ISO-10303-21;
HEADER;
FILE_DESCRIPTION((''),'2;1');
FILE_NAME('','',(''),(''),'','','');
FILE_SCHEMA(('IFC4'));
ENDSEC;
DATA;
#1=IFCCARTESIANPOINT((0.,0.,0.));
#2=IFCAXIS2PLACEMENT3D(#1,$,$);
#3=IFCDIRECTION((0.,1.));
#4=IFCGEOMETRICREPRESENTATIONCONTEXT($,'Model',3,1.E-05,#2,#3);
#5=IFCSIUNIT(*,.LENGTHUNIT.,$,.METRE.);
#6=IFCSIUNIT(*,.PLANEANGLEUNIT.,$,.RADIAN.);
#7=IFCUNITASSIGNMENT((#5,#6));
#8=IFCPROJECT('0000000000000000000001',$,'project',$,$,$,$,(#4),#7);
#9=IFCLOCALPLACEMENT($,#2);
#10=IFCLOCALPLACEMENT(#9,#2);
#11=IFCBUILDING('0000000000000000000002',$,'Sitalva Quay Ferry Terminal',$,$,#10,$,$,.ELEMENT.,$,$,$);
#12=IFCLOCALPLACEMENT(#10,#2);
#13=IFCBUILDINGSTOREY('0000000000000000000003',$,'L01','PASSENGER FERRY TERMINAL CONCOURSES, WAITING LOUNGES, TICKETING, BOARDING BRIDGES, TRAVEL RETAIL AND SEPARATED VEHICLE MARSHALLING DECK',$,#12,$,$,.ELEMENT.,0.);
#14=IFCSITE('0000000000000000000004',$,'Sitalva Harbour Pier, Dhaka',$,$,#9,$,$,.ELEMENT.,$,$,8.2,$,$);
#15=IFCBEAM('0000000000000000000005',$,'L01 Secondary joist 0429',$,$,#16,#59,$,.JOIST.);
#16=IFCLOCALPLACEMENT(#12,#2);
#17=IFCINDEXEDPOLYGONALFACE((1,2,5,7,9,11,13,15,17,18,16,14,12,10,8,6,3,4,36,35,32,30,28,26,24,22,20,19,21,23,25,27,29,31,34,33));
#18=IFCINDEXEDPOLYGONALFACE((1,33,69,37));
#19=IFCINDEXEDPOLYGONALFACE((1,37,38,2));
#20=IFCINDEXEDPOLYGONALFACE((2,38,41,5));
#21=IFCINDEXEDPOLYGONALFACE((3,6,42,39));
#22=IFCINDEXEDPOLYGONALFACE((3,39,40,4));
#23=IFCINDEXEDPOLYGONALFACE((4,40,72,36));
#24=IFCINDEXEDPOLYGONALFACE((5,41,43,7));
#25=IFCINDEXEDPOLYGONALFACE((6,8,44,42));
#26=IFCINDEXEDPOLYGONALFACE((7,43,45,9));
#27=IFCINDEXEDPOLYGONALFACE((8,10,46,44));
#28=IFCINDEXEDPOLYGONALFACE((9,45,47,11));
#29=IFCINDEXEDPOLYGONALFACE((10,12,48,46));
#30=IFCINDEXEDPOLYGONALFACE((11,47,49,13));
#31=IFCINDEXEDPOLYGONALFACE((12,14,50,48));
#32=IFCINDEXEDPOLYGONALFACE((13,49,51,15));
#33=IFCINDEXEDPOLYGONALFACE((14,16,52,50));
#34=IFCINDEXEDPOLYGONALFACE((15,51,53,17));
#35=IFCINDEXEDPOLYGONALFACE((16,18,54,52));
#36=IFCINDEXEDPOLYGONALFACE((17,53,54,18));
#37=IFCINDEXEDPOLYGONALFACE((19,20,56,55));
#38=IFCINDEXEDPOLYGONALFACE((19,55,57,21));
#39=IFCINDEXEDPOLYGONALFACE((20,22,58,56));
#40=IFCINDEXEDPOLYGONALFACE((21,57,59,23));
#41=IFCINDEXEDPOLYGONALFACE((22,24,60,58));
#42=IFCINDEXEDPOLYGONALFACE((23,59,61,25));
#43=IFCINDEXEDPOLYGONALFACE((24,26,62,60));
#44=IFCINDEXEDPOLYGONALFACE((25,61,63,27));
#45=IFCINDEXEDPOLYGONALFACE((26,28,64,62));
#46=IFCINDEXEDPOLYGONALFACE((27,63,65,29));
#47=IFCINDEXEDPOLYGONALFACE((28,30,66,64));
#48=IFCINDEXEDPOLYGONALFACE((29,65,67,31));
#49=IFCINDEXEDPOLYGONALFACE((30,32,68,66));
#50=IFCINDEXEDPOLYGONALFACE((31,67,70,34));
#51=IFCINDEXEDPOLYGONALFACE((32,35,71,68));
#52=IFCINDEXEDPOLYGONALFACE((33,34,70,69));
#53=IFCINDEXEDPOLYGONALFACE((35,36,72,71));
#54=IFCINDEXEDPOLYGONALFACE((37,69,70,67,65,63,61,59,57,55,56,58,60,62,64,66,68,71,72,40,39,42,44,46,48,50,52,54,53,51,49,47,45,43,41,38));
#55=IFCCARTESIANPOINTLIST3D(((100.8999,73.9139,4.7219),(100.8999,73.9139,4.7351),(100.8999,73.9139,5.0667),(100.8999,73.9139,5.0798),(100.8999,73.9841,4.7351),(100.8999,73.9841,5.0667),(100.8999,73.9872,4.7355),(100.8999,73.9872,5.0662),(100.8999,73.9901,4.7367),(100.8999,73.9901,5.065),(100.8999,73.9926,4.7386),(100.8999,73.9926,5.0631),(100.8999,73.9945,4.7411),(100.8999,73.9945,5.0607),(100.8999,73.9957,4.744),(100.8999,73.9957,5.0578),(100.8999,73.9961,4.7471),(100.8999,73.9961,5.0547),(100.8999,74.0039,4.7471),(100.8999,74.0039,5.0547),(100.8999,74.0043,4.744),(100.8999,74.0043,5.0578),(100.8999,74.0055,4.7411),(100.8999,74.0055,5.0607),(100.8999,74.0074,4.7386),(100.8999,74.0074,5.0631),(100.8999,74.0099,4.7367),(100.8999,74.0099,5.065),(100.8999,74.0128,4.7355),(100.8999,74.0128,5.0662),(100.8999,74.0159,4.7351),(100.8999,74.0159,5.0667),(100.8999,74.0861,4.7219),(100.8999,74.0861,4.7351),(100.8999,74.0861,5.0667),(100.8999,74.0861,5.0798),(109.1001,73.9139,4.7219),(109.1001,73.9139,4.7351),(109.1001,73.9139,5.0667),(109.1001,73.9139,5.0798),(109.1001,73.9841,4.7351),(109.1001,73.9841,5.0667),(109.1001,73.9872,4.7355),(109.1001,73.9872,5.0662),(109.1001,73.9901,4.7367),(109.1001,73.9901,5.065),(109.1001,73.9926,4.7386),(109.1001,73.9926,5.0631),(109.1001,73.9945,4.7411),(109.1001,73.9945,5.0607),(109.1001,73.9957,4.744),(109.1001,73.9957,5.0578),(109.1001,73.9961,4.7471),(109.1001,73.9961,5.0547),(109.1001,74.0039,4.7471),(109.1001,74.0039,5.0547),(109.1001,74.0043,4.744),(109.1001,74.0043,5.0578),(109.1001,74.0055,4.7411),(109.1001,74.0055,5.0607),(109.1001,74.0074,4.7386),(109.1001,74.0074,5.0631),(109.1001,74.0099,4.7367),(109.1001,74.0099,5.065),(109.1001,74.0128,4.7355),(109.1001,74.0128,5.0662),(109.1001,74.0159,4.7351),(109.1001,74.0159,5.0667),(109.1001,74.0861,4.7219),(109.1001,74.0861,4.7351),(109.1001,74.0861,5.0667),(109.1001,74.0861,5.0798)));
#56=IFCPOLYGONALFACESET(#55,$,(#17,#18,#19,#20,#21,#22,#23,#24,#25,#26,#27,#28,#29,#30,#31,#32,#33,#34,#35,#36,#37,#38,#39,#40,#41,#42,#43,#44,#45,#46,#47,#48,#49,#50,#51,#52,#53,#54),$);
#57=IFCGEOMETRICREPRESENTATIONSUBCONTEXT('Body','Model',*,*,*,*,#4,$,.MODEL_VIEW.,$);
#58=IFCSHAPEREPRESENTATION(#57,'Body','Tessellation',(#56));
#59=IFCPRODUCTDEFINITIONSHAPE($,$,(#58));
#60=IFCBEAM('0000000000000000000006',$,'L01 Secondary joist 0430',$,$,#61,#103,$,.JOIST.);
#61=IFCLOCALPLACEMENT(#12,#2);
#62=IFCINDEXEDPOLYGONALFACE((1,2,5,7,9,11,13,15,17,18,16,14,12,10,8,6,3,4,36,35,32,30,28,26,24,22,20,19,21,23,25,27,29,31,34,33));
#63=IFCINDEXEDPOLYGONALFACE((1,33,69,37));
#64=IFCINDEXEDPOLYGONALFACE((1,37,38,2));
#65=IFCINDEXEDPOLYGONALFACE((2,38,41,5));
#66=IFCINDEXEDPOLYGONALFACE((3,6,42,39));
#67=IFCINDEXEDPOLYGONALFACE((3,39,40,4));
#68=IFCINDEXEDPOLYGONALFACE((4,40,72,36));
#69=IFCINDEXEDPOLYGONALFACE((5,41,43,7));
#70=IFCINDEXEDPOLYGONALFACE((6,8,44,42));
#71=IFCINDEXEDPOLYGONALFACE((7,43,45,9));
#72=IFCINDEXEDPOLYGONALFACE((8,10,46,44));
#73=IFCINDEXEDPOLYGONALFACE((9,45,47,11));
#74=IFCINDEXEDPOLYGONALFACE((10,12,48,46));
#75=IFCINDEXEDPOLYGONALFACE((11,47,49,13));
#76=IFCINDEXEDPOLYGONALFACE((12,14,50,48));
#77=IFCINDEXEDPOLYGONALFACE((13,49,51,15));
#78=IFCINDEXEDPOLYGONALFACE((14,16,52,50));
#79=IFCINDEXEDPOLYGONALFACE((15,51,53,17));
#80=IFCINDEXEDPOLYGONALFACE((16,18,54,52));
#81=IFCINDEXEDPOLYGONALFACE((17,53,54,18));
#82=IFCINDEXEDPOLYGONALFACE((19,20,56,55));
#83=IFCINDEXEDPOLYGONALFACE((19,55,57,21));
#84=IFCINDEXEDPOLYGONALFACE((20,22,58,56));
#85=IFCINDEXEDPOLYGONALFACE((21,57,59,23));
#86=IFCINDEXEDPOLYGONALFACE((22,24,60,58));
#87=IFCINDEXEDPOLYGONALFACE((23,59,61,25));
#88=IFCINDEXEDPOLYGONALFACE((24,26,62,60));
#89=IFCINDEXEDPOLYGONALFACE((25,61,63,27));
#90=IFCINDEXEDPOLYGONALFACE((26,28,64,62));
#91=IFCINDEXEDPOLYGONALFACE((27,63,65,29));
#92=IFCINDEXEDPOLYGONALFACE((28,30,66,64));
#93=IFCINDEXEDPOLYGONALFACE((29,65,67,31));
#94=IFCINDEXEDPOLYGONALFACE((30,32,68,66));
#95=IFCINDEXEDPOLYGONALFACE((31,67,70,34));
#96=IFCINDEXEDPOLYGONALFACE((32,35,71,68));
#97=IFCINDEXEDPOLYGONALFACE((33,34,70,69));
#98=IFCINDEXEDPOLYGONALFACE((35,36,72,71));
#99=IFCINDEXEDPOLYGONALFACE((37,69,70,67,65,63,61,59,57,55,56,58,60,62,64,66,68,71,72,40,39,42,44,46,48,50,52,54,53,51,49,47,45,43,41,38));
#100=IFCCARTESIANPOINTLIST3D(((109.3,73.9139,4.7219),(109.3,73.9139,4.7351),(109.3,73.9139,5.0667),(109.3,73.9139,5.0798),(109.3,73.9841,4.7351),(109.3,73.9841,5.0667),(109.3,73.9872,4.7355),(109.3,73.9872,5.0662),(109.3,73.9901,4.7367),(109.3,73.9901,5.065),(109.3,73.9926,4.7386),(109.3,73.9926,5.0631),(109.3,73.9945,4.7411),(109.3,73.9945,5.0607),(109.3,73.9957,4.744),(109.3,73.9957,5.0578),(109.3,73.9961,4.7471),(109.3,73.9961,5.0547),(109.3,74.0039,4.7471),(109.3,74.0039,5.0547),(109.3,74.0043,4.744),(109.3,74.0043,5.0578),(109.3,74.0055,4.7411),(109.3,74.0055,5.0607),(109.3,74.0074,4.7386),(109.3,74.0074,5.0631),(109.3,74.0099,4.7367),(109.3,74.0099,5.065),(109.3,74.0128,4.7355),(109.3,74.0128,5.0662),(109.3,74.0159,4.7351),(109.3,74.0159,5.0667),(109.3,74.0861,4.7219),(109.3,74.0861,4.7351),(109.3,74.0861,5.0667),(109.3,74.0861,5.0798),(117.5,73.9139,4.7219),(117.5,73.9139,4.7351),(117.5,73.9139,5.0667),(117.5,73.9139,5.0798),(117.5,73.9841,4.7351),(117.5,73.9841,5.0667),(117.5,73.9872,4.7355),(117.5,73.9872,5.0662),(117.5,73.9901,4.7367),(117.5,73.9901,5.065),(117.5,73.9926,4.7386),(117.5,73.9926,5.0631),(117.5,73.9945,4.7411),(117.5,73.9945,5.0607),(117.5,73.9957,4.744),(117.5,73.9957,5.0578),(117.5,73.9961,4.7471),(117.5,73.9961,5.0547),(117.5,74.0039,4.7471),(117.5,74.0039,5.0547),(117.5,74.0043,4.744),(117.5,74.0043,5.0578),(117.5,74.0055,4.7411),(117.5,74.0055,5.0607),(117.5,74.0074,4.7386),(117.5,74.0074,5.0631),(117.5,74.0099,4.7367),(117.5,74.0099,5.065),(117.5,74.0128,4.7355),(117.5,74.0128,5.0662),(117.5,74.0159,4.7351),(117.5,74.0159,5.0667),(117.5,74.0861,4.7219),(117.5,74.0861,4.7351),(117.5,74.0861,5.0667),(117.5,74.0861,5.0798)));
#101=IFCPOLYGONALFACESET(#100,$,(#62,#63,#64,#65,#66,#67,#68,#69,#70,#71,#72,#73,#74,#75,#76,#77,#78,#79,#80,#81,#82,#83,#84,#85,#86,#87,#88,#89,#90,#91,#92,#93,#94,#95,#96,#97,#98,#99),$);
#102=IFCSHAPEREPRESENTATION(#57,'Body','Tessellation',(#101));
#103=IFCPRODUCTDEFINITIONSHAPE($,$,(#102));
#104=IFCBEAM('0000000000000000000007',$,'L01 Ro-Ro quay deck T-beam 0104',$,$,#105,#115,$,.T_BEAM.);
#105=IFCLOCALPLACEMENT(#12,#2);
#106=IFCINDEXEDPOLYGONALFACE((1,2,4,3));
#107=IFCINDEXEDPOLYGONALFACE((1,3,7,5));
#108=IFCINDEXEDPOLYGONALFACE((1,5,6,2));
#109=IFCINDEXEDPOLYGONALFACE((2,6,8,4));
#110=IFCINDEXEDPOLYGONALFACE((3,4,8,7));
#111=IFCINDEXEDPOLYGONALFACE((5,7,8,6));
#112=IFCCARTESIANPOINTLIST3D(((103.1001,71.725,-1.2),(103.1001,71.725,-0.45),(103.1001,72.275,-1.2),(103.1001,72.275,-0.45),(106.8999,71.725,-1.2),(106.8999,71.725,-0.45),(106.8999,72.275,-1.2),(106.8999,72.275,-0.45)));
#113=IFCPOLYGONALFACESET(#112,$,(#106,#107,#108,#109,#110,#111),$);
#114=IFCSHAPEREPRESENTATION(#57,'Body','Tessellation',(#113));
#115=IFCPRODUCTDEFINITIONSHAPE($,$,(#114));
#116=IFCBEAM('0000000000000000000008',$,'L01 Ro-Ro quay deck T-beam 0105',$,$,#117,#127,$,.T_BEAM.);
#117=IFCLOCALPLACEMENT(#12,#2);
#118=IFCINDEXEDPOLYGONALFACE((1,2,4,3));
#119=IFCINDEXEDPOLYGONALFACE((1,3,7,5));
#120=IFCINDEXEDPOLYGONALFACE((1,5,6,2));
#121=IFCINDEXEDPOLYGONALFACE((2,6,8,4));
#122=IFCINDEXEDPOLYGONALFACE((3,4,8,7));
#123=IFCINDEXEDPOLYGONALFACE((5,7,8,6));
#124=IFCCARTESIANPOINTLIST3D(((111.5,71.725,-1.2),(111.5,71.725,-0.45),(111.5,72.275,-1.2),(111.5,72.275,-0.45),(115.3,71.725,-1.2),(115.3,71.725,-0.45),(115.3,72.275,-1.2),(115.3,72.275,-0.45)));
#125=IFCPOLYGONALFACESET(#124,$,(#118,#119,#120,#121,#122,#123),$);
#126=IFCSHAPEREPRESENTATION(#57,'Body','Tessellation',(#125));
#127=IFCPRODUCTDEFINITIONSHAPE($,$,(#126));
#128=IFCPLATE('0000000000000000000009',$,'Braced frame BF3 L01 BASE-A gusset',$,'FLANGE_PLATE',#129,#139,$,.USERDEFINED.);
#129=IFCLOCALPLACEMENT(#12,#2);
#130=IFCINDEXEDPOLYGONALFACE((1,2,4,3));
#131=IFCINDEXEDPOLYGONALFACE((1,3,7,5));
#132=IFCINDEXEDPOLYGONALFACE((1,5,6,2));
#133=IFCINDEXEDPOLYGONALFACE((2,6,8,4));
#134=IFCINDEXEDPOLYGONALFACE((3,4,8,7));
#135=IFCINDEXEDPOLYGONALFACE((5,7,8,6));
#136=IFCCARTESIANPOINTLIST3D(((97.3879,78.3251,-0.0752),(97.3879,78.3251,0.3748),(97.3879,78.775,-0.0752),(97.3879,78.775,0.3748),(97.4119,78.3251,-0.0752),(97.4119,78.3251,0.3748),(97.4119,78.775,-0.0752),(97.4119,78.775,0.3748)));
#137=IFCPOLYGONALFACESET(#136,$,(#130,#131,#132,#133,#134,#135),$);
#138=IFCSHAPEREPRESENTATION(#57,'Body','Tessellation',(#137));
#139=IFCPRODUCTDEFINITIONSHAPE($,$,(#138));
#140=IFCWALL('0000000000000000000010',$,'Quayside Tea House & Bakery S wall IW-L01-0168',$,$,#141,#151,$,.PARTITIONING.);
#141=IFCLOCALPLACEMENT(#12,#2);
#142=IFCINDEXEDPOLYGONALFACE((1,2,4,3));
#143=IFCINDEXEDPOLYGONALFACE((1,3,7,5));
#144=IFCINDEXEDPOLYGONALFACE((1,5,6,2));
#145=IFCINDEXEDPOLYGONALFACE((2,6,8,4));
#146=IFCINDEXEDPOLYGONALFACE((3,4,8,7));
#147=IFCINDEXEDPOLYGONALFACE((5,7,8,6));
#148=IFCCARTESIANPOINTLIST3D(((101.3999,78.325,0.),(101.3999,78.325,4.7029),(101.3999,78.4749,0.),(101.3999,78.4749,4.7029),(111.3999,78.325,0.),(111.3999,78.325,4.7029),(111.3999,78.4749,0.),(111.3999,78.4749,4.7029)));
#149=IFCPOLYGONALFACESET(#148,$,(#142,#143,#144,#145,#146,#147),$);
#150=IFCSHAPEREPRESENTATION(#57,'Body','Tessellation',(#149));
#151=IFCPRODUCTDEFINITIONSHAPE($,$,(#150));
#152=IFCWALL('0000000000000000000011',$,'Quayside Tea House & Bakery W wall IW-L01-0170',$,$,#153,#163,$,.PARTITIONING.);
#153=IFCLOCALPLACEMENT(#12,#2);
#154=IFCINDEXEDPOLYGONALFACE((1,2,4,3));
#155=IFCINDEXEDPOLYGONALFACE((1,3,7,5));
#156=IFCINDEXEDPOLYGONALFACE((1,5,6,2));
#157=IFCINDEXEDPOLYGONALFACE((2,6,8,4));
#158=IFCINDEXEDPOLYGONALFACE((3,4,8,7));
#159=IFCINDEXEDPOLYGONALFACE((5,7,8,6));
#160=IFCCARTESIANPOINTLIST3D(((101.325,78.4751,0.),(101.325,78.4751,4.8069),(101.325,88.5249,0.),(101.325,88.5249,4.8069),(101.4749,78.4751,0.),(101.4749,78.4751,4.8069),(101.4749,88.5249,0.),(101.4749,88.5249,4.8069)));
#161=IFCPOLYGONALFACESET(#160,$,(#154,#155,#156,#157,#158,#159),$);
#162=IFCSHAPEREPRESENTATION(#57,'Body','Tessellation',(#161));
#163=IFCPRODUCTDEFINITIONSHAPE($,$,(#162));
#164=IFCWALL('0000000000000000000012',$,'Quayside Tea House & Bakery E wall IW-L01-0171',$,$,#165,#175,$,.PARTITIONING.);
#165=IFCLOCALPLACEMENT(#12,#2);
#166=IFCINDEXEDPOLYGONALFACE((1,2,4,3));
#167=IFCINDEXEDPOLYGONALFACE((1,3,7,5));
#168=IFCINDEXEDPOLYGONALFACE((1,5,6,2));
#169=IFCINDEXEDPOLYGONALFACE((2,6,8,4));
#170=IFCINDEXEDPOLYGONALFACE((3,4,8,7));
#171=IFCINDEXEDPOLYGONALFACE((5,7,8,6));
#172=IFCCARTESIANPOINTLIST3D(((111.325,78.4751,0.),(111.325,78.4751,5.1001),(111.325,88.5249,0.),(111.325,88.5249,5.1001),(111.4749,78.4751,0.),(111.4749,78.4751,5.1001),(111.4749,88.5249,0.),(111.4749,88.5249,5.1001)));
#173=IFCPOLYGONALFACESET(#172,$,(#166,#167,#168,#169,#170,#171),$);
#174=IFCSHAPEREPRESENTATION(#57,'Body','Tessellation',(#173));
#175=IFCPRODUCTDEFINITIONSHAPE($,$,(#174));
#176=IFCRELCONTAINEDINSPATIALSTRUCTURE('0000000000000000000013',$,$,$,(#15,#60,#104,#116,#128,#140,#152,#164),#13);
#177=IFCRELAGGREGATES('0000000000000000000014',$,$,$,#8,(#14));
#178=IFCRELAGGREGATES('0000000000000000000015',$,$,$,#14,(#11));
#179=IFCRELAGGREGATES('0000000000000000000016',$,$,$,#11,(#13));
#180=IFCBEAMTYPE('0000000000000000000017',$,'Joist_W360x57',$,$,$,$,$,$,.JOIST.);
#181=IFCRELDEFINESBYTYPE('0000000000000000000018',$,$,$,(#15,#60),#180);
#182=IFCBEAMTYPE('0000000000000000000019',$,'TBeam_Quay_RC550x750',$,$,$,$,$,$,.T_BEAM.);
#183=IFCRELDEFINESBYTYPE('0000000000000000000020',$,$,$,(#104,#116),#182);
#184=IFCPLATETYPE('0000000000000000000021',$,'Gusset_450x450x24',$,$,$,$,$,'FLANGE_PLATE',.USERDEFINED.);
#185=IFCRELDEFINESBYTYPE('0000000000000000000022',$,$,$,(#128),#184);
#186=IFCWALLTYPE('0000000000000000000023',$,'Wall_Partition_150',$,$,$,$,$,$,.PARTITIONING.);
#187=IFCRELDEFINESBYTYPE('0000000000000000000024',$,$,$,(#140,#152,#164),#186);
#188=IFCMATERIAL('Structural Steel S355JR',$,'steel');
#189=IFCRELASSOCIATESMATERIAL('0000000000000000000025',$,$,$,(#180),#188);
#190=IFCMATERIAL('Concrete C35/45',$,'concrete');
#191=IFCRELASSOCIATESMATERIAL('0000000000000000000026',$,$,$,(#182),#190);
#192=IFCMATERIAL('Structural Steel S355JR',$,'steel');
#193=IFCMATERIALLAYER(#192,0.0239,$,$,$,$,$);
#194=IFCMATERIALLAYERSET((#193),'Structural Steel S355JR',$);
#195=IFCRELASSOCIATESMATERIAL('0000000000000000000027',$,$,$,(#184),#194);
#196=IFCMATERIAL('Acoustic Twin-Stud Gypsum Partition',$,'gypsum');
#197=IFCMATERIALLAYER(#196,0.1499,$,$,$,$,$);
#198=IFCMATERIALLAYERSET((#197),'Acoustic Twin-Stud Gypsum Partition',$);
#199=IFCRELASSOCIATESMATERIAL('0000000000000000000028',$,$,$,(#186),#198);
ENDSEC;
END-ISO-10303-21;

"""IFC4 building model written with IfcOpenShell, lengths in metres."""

from ifc_helpers import new_model, si_unit, direction, frame, frame_2d, origin, origin_2d, place, context, subcontext, project, spatial, rectangle, i_section, extrude, material, layer, layer_set, material_profile, profile_set, type_object, element, save


model = new_model("IFC4")

# Units and contexts
model_context = context("Model", 3, precision=1e-05, world=origin(), true_north=direction((0.0, 1.0)))
body_context = subcontext(model_context, "Body", "Model", "MODEL_VIEW")
ifc_project = project(units=[si_unit("LENGTHUNIT", "METRE"), si_unit("PLANEANGLEUNIT", "RADIAN")], contexts=[model_context])

# Site, building, storey
site_placement = place(None, origin())
site = spatial("IfcSite", under=ifc_project, at=site_placement, Name="Sitalva Harbour Pier, Dhaka", CompositionType="ELEMENT", RefElevation=8.2)
building_placement = place(site_placement, origin())
building = spatial("IfcBuilding", under=site, at=building_placement, Name="Sitalva Quay Ferry Terminal", CompositionType="ELEMENT")
storey_placement = place(building_placement, origin())
storey = spatial("IfcBuildingStorey", under=building, at=storey_placement, Name="L01", Description="PASSENGER FERRY TERMINAL CONCOURSES, WAITING LOUNGES, TICKETING, BOARDING BRIDGES, TRAVEL RETAIL AND SEPARATED VEHICLE MARSHALLING DECK", CompositionType="ELEMENT", Elevation=0.0)

# Beams
ifc_material_1 = material(Name="Structural Steel S355JR", Category="steel")
ifc_material_profile_1 = material_profile(ifc_material_1, i_section(OverallWidth=0.1721, OverallDepth=0.3579, WebThickness=0.0078, FlangeThickness=0.0132, FilletRadius=0.012, at=origin_2d()), Name="W360x57")
ifc_profile_set_1 = profile_set([ifc_material_profile_1], Name="Structural Steel S355JR")
beam_type_1 = type_object("IfcBeamType", Name="Joist_W360x57", PredefinedType="JOIST", material=ifc_profile_set_1)
beam_1_placement = place(storey_placement, frame((100.8999, 74.0, 4.9009), z_axis=(1.0, 0.0, 0.0), x_axis=(0.0, 1.0, 0.0)))
element("IfcBeam", 1, at=beam_1_placement, inside=storey, type_object=beam_type_1, Name="L01 Secondary joist 0429", PredefinedType="JOIST", context=body_context, shape_type="SweptSolid", body=[
    extrude(i_section(OverallWidth=0.1721, OverallDepth=0.3579, WebThickness=0.0078, FlangeThickness=0.0132, FilletRadius=0.012, at=origin_2d()), origin(), (0.0, 0.0, 1.0), 8.2002),
])
beam_2_placement = place(storey_placement, frame((109.3, 74.0, 4.9009), z_axis=(1.0, 0.0, 0.0), x_axis=(0.0, 1.0, 0.0)))
element("IfcBeam", 2, at=beam_2_placement, inside=storey, type_object=beam_type_1, Name="L01 Secondary joist 0430", PredefinedType="JOIST", context=body_context, shape_type="SweptSolid", body=[
    extrude(i_section(OverallWidth=0.1721, OverallDepth=0.3579, WebThickness=0.0078, FlangeThickness=0.0132, FilletRadius=0.012, at=origin_2d()), origin(), (0.0, 0.0, 1.0), 8.2),
])
ifc_material_2 = material(Name="Concrete C35/45", Category="concrete")
ifc_material_profile_2 = material_profile(ifc_material_2, rectangle(XDim=0.55, YDim=0.75, at=origin_2d()), Name="RC550x750")
ifc_profile_set_2 = profile_set([ifc_material_profile_2], Name="Concrete C35/45")
beam_type_2 = type_object("IfcBeamType", Name="TBeam_Quay_RC550x750", PredefinedType="T_BEAM", material=ifc_profile_set_2)
beam_3_placement = place(storey_placement, frame((103.1001, 72.0, -0.825), z_axis=(1.0, 0.0, 0.0), x_axis=(0.0, 1.0, 0.0)))
element("IfcBeam", 3, at=beam_3_placement, inside=storey, type_object=beam_type_2, Name="L01 Ro-Ro quay deck T-beam 0104", PredefinedType="T_BEAM", context=body_context, shape_type="SweptSolid", body=[
    extrude(rectangle(XDim=0.55, YDim=0.75, at=origin_2d()), origin(), (0.0, 0.0, 1.0), 3.7998),
])
beam_4_placement = place(storey_placement, frame((111.5, 72.0, -0.825), z_axis=(1.0, 0.0, 0.0), x_axis=(0.0, 1.0, 0.0)))
element("IfcBeam", 4, at=beam_4_placement, inside=storey, type_object=beam_type_2, Name="L01 Ro-Ro quay deck T-beam 0105", PredefinedType="T_BEAM", context=body_context, shape_type="SweptSolid", body=[
    extrude(rectangle(XDim=0.55, YDim=0.75, at=origin_2d()), origin(), (0.0, 0.0, 1.0), 3.8),
])

# Plate
ifc_material_3 = material(Name="Structural Steel S355JR", Category="steel")
ifc_layer_1 = layer(ifc_material_3, 0.0239)
ifc_layer_set_1 = layer_set([ifc_layer_1], Name="Structural Steel S355JR")
plate_type = type_object("IfcPlateType", Name="Gusset_450x450x24", ElementType="FLANGE_PLATE", PredefinedType="USERDEFINED", material=ifc_layer_set_1)
plate_placement = place(storey_placement, frame((97.3999, 78.55, -0.0752), z_axis=(0.0, 0.0, 1.0), x_axis=(1.0, 0.0, 0.0)))
element("IfcPlate", 5, at=plate_placement, inside=storey, type_object=plate_type, Name="Braced frame BF3 L01 BASE-A gusset", ObjectType="FLANGE_PLATE", PredefinedType="USERDEFINED", context=body_context, shape_type="SweptSolid", body=[
    extrude(rectangle(XDim=0.0239, YDim=0.45, at=origin_2d()), origin(), (0.0, 0.0, 1.0), 0.45),
])

# Walls
ifc_material_4 = material(Name="Acoustic Twin-Stud Gypsum Partition", Category="gypsum")
ifc_layer_2 = layer(ifc_material_4, 0.1499)
ifc_layer_set_2 = layer_set([ifc_layer_2], Name="Acoustic Twin-Stud Gypsum Partition")
wall_type = type_object("IfcWallType", Name="Wall_Partition_150", PredefinedType="PARTITIONING", material=ifc_layer_set_2)
wall_1_placement = place(storey_placement, frame((101.3999, 78.3999, 0.0), z_axis=(0.0, 0.0, 1.0), x_axis=(1.0, 0.0, 0.0)))
element("IfcWall", 6, at=wall_1_placement, inside=storey, type_object=wall_type, Name="Quayside Tea House & Bakery S wall IW-L01-0168", PredefinedType="PARTITIONING", context=body_context, shape_type="SweptSolid", body=[
    extrude(rectangle(XDim=10.0, YDim=0.1499, at=frame_2d((5.0, 0.0))), origin(), (0.0, 0.0, 1.0), 4.7029),
])
wall_2_placement = place(storey_placement, frame((101.3999, 78.4751, 0.0), z_axis=(0.0, 0.0, 1.0), x_axis=(0.0, 1.0, 0.0)))
element("IfcWall", 7, at=wall_2_placement, inside=storey, type_object=wall_type, Name="Quayside Tea House & Bakery W wall IW-L01-0170", PredefinedType="PARTITIONING", context=body_context, shape_type="SweptSolid", body=[
    extrude(rectangle(XDim=10.0498, YDim=0.1499, at=frame_2d((5.0249, 0.0))), origin(), (0.0, 0.0, 1.0), 4.8069),
])
wall_3_placement = place(storey_placement, frame((111.3999, 78.4751, 0.0), z_axis=(0.0, 0.0, 1.0), x_axis=(0.0, 1.0, 0.0)))
element("IfcWall", 8, at=wall_3_placement, inside=storey, type_object=wall_type, Name="Quayside Tea House & Bakery E wall IW-L01-0171", PredefinedType="PARTITIONING", context=body_context, shape_type="SweptSolid", body=[
    extrude(rectangle(XDim=10.0498, YDim=0.1499, at=frame_2d((5.0249, 0.0))), origin(), (0.0, 0.0, 1.0), 5.1001),
])

save(model, "model.ifc")
